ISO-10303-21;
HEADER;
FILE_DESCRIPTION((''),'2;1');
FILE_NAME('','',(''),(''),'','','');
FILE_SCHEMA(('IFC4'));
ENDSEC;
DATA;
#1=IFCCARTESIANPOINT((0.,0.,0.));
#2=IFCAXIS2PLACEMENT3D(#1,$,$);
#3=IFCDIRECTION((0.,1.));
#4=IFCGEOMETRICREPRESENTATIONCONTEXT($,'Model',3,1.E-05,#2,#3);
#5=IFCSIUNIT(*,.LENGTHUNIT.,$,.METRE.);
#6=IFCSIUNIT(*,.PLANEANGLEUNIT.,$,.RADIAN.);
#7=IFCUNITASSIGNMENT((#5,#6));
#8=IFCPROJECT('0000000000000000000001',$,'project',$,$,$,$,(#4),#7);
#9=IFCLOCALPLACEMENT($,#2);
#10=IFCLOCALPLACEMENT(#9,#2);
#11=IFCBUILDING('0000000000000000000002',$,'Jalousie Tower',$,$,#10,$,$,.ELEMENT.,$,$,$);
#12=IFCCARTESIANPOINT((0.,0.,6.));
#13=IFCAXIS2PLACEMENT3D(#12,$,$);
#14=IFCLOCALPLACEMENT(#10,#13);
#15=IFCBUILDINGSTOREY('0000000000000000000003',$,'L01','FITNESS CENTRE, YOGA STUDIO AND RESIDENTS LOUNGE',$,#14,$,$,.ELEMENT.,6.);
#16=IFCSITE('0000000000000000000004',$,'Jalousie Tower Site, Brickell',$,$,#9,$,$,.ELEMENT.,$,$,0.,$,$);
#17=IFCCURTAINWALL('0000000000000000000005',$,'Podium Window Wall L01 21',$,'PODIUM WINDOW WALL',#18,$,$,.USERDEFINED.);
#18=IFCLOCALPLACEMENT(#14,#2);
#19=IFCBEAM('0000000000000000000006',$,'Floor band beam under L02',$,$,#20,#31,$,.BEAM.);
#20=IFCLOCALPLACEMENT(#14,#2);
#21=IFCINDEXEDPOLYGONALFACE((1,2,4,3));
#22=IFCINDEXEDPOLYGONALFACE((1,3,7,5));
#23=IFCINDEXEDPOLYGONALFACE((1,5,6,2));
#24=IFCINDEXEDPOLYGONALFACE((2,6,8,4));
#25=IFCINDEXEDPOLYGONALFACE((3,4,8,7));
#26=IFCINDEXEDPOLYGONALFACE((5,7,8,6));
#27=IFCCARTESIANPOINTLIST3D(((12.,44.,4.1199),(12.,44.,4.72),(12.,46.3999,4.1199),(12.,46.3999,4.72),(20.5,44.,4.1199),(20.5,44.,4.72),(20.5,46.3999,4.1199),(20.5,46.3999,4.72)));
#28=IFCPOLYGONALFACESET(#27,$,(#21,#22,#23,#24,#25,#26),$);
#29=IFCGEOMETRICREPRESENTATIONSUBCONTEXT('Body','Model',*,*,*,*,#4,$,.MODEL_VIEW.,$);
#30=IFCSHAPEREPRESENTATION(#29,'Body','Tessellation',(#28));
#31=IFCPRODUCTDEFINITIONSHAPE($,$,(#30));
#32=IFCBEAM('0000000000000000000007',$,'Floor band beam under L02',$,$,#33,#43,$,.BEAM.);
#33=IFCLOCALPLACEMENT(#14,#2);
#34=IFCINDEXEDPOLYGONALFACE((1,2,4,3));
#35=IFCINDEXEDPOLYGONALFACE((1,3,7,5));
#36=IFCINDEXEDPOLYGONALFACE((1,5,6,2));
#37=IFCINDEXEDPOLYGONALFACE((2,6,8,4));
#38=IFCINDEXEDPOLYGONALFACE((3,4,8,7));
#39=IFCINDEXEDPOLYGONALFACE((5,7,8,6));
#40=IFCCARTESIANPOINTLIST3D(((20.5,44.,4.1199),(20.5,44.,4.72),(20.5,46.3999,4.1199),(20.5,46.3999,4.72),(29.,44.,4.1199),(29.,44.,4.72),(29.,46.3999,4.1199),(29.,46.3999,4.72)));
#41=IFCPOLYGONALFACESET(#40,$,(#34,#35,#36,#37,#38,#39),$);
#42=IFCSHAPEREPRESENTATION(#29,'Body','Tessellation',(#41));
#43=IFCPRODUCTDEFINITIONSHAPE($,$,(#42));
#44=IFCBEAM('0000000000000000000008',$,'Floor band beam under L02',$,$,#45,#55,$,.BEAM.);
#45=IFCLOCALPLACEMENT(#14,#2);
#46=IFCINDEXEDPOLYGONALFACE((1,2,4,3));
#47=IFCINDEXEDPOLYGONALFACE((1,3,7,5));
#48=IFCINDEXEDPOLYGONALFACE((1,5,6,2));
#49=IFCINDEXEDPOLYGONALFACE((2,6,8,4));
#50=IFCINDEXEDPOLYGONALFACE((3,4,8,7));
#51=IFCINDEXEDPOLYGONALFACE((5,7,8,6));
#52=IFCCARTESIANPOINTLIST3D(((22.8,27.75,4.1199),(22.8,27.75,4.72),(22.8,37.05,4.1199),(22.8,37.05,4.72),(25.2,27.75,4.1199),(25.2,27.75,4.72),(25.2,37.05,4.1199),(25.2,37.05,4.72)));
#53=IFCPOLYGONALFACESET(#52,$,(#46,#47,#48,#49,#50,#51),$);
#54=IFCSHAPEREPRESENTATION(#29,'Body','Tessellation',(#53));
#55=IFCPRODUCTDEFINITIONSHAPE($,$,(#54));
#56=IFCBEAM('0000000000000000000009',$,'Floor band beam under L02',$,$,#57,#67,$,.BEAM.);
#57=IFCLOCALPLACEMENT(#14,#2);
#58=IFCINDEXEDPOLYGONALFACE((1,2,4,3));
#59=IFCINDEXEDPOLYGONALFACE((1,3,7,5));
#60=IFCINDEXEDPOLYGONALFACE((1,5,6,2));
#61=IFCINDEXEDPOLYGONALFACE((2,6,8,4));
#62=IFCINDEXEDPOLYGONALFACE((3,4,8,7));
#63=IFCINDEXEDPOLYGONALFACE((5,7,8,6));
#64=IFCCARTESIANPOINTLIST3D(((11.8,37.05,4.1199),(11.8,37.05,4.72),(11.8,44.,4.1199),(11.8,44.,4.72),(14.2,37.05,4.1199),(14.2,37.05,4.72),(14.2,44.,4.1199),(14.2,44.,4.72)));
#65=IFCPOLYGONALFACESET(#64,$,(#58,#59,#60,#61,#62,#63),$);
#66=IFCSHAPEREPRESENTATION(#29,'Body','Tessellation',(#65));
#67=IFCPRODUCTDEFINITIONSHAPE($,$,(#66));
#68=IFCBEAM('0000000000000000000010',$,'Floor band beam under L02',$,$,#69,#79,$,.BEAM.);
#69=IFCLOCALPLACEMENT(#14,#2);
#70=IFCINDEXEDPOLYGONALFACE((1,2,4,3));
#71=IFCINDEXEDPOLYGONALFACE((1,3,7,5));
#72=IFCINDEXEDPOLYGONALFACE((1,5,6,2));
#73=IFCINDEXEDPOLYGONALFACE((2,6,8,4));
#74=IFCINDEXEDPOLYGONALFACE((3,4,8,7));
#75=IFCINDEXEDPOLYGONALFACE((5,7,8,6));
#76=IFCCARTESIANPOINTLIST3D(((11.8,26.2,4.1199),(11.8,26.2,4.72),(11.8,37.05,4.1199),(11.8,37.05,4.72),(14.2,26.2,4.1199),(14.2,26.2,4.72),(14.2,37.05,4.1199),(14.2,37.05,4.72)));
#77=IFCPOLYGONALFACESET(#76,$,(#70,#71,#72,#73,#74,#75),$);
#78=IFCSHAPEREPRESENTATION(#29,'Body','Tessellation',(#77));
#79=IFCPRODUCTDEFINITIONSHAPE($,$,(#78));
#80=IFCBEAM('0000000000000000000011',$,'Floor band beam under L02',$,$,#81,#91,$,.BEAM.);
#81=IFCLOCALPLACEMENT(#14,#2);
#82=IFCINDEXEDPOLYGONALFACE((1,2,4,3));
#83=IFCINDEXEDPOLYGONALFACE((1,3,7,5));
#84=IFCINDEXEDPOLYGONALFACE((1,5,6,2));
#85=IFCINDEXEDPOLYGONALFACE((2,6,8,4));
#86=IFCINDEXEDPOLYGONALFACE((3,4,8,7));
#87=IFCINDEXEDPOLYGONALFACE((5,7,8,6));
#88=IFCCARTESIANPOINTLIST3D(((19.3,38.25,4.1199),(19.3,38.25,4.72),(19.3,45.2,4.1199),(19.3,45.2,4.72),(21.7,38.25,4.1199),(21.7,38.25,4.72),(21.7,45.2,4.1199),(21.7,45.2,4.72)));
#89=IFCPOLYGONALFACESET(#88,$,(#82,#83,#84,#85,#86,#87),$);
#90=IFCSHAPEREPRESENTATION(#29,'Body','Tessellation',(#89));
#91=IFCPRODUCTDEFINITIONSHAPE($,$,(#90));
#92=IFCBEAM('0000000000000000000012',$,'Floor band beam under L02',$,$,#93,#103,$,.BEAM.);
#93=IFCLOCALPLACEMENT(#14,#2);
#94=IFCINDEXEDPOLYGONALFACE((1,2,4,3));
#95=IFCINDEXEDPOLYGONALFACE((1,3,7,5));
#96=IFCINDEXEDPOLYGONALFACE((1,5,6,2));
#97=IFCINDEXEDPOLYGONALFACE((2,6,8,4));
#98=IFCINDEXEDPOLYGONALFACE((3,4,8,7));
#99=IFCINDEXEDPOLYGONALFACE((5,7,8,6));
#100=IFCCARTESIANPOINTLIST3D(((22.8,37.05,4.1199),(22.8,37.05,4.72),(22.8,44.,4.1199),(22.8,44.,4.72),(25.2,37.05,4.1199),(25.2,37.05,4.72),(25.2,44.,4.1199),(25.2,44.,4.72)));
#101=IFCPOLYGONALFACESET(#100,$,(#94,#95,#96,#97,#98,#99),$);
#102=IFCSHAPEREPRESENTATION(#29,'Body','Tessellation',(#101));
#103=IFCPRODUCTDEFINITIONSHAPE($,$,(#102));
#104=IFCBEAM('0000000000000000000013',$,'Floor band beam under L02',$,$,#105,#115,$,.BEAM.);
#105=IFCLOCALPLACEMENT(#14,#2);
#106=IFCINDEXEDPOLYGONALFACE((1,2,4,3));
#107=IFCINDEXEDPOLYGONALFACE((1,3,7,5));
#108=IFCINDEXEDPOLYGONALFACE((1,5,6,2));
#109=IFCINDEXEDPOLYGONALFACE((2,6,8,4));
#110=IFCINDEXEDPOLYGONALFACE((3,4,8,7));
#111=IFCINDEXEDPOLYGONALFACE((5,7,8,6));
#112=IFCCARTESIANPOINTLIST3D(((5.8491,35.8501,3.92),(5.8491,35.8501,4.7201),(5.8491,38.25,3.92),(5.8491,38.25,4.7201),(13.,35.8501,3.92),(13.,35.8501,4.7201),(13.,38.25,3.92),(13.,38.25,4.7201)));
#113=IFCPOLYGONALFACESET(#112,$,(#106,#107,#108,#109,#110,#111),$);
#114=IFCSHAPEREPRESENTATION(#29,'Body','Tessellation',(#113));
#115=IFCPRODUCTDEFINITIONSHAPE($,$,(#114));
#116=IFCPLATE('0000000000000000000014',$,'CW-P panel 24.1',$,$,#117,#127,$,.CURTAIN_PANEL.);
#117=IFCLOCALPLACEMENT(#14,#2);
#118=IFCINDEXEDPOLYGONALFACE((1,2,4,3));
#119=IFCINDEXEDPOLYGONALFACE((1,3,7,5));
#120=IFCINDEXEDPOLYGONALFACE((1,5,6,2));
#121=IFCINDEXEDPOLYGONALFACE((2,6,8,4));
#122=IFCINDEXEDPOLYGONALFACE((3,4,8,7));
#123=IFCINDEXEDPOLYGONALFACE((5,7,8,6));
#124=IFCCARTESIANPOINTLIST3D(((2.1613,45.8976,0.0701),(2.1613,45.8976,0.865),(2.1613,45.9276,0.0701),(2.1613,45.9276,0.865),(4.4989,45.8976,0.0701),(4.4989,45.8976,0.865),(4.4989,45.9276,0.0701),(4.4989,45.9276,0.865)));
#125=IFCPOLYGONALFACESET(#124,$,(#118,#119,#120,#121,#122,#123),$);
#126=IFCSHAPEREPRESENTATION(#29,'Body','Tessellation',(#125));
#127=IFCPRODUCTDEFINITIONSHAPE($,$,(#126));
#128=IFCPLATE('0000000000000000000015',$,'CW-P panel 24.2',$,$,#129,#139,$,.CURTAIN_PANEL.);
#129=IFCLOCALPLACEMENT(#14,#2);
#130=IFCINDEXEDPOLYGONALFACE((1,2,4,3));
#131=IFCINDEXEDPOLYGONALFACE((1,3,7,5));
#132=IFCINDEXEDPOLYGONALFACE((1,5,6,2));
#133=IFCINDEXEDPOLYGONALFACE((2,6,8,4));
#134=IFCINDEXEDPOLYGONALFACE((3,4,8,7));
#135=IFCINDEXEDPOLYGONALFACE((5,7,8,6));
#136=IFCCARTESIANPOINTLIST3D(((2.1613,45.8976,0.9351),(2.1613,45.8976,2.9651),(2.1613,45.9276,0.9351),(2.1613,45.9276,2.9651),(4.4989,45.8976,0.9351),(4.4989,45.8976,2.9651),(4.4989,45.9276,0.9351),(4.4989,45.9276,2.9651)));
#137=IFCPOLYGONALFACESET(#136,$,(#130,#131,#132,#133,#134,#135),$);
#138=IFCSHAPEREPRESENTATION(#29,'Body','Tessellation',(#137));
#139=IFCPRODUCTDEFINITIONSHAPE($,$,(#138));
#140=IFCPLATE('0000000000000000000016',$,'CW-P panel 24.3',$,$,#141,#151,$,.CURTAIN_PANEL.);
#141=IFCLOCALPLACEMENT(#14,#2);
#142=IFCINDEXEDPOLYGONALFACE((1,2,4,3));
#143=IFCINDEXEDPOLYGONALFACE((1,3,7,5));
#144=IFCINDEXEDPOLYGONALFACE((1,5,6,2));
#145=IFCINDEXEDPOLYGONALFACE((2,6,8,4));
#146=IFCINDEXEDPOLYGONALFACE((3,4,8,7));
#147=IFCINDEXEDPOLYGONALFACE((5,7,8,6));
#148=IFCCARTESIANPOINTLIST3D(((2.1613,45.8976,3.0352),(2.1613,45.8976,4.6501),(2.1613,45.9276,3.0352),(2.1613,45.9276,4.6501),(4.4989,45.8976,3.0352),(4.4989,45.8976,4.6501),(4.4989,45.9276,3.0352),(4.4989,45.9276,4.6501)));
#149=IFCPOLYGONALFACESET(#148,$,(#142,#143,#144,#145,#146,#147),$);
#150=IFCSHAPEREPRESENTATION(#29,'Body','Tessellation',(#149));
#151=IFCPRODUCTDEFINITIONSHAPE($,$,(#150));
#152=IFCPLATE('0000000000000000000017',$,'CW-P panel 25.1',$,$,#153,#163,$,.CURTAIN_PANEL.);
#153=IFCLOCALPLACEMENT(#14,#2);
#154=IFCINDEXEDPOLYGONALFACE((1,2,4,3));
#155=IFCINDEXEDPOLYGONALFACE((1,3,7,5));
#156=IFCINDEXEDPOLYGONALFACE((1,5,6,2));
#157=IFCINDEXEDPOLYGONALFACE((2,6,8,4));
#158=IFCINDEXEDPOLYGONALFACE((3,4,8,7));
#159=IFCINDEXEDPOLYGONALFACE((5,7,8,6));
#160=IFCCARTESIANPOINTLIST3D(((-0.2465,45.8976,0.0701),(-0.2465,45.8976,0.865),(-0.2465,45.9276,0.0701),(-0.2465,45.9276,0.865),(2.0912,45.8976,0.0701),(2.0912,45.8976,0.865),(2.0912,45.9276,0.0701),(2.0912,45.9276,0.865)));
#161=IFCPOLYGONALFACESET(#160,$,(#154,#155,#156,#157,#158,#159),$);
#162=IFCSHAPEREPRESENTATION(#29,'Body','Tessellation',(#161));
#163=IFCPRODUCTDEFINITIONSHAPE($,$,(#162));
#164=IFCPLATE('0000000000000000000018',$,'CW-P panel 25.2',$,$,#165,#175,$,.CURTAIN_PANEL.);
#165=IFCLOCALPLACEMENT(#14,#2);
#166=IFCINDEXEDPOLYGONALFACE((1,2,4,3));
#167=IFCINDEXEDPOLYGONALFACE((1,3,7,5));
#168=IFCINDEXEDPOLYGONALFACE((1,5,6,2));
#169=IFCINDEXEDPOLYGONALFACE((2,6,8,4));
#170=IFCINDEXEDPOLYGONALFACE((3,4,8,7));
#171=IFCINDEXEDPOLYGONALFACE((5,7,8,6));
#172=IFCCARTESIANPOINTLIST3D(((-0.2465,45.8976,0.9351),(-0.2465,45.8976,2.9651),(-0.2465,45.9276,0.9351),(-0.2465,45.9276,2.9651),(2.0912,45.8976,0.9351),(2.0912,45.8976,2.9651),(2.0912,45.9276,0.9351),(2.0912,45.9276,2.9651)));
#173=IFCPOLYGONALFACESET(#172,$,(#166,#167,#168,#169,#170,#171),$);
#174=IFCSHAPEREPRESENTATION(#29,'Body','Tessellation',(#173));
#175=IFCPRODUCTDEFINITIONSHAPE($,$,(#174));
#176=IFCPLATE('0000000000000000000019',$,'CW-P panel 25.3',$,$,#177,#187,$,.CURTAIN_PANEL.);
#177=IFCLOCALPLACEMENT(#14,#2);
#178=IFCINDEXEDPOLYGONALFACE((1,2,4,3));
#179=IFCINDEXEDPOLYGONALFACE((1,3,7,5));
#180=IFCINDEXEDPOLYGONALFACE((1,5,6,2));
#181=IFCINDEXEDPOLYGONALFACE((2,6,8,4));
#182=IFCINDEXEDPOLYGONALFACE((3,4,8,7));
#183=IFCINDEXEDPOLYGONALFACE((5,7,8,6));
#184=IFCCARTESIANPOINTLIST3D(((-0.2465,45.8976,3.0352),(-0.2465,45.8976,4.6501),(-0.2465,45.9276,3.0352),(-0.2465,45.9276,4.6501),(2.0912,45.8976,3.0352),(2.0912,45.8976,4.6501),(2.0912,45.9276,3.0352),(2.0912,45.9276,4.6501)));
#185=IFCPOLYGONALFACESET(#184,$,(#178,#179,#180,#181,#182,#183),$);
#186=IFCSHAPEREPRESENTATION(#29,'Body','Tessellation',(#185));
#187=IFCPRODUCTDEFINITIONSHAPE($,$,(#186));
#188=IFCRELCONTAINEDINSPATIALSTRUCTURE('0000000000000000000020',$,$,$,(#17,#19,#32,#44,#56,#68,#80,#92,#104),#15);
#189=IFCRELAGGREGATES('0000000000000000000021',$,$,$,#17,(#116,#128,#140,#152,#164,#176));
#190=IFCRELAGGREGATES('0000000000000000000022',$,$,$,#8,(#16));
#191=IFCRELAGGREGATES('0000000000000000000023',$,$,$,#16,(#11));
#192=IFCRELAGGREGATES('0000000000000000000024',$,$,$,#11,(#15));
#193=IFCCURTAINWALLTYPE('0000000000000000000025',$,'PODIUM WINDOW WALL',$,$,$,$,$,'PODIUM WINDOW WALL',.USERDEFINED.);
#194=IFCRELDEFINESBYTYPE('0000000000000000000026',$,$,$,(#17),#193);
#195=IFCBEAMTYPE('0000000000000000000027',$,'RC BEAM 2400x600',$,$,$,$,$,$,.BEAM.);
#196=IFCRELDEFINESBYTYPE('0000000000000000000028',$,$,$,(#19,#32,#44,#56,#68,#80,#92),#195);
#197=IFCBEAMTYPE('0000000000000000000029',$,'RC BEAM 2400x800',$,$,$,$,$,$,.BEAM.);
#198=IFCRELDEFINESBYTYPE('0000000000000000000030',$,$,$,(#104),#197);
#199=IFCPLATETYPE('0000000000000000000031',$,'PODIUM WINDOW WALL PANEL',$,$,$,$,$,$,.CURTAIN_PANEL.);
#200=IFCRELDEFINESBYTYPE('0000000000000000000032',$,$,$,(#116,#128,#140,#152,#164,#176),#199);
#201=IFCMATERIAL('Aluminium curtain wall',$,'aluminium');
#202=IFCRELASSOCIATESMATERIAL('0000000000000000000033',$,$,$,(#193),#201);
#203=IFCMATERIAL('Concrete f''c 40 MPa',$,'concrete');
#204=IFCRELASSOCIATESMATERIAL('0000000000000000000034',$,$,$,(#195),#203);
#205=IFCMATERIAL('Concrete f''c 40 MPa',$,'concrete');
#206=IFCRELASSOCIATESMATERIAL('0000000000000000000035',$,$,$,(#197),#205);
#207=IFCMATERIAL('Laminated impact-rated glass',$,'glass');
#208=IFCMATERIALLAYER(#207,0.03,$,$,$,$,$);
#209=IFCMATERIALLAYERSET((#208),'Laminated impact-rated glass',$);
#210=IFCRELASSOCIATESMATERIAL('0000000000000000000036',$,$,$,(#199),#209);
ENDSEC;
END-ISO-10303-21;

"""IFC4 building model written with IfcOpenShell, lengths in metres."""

from ifc_helpers import new_model, si_unit, direction, frame, origin, origin_2d, place, context, subcontext, project, spatial, rectangle, extrude, material, layer, layer_set, material_profile, profile_set, type_object, element, aggregate, save


model = new_model("IFC4")

# Units and contexts
model_context = context("Model", 3, precision=1e-05, world=origin(), true_north=direction((0.0, 1.0)))
body_context = subcontext(model_context, "Body", "Model", "MODEL_VIEW")
ifc_project = project(units=[si_unit("LENGTHUNIT", "METRE"), si_unit("PLANEANGLEUNIT", "RADIAN")], contexts=[model_context])

# Site, building, storey
site_placement = place(None, origin())
site = spatial("IfcSite", under=ifc_project, at=site_placement, Name="Jalousie Tower Site, Brickell", CompositionType="ELEMENT", RefElevation=0.0)
building_placement = place(site_placement, origin())
building = spatial("IfcBuilding", under=site, at=building_placement, Name="Jalousie Tower", CompositionType="ELEMENT")
storey_placement = place(building_placement, frame((0.0, 0.0, 6.0)))
storey = spatial("IfcBuildingStorey", under=building, at=storey_placement, Name="L01", Description="FITNESS CENTRE, YOGA STUDIO AND RESIDENTS LOUNGE", CompositionType="ELEMENT", Elevation=6.0)

# Curtain wall
ifc_material_1 = material(Name="Aluminium curtain wall", Category="aluminium")
curtain_wall_type = type_object("IfcCurtainWallType", Name="PODIUM WINDOW WALL", ElementType="PODIUM WINDOW WALL", PredefinedType="USERDEFINED", material=ifc_material_1)
curtain_wall_placement = place(storey_placement, origin())
curtain_wall = element("IfcCurtainWall", 1, at=curtain_wall_placement, inside=storey, type_object=curtain_wall_type, Name="Podium Window Wall L01 21", ObjectType="PODIUM WINDOW WALL", PredefinedType="USERDEFINED")

# Beams
ifc_material_2 = material(Name="Concrete f'c 40 MPa", Category="concrete")
ifc_material_profile_1 = material_profile(ifc_material_2, rectangle(XDim=2.3999, YDim=0.6001, at=origin_2d()), Name="RC 2400x600")
ifc_profile_set_1 = profile_set([ifc_material_profile_1], Name="Concrete f'c 40 MPa")
beam_type_1 = type_object("IfcBeamType", Name="RC BEAM 2400x600", PredefinedType="BEAM", material=ifc_profile_set_1)
for number, where, z_axis, x_axis, name in (
    (2, (12.0, 45.2, 4.4199), (1.0, 0.0, 0.0), (0.0, 1.0, 0.0), "Floor band beam under L02"),
    (3, (20.5, 45.2, 4.4199), (1.0, 0.0, 0.0), (0.0, 1.0, 0.0), "Floor band beam under L02"),
):
    element("IfcBeam", number, at=place(storey_placement, frame(where, z_axis=z_axis, x_axis=x_axis)), inside=storey, type_object=beam_type_1, Name=name, PredefinedType="BEAM", context=body_context, shape_type="SweptSolid", body=[
        extrude(rectangle(XDim=2.3999, YDim=0.6001, at=origin_2d()), origin(), (0.0, 0.0, 1.0), 8.5),
    ])
beam_1_placement = place(storey_placement, frame((24.0, 37.05, 4.4199), z_axis=(0.0, -1.0, 0.0), x_axis=(1.0, 0.0, 0.0)))
element("IfcBeam", 4, at=beam_1_placement, inside=storey, type_object=beam_type_1, Name="Floor band beam under L02", PredefinedType="BEAM", context=body_context, shape_type="SweptSolid", body=[
    extrude(rectangle(XDim=2.3999, YDim=0.6001, at=origin_2d()), origin(), (0.0, 0.0, 1.0), 9.3),
])
beam_2_placement = place(storey_placement, frame((13.0, 37.05, 4.4199), z_axis=(0.0, 1.0, 0.0), x_axis=(-1.0, 0.0, 0.0)))
element("IfcBeam", 5, at=beam_2_placement, inside=storey, type_object=beam_type_1, Name="Floor band beam under L02", PredefinedType="BEAM", context=body_context, shape_type="SweptSolid", body=[
    extrude(rectangle(XDim=2.3999, YDim=0.6001, at=origin_2d()), origin(), (0.0, 0.0, 1.0), 6.95),
])
beam_3_placement = place(storey_placement, frame((13.0, 37.05, 4.4199), z_axis=(0.0, -1.0, 0.0), x_axis=(1.0, 0.0, 0.0)))
element("IfcBeam", 6, at=beam_3_placement, inside=storey, type_object=beam_type_1, Name="Floor band beam under L02", PredefinedType="BEAM", context=body_context, shape_type="SweptSolid", body=[
    extrude(rectangle(XDim=2.3999, YDim=0.6001, at=origin_2d()), origin(), (0.0, 0.0, 1.0), 10.8501),
])
for number, where, z_axis, x_axis, name in (
    (7, (20.5, 45.2, 4.4199), (0.0, -1.0, 0.0), (1.0, 0.0, 0.0), "Floor band beam under L02"),
    (8, (24.0, 37.05, 4.4199), (0.0, 1.0, 0.0), (-1.0, 0.0, 0.0), "Floor band beam under L02"),
):
    element("IfcBeam", number, at=place(storey_placement, frame(where, z_axis=z_axis, x_axis=x_axis)), inside=storey, type_object=beam_type_1, Name=name, PredefinedType="BEAM", context=body_context, shape_type="SweptSolid", body=[
        extrude(rectangle(XDim=2.3999, YDim=0.6001, at=origin_2d()), origin(), (0.0, 0.0, 1.0), 6.95),
    ])
ifc_material_3 = material(Name="Concrete f'c 40 MPa", Category="concrete")
ifc_material_profile_2 = material_profile(ifc_material_3, rectangle(XDim=2.3999, YDim=0.8, at=origin_2d()), Name="RC 2400x800")
ifc_profile_set_2 = profile_set([ifc_material_profile_2], Name="Concrete f'c 40 MPa")
beam_type_2 = type_object("IfcBeamType", Name="RC BEAM 2400x800", PredefinedType="BEAM", material=ifc_profile_set_2)
beam_4_placement = place(storey_placement, frame((13.0, 37.05, 4.3201), z_axis=(-1.0, 0.0, 0.0), x_axis=(0.0, -1.0, 0.0)))
element("IfcBeam", 9, at=beam_4_placement, inside=storey, type_object=beam_type_2, Name="Floor band beam under L02", PredefinedType="BEAM", context=body_context, shape_type="SweptSolid", body=[
    extrude(rectangle(XDim=2.3999, YDim=0.8, at=origin_2d()), origin(), (0.0, 0.0, 1.0), 7.1509),
])

# Plates
ifc_material_4 = material(Name="Laminated impact-rated glass", Category="glass")
ifc_layer_1 = layer(ifc_material_4, 0.03)
ifc_layer_set_1 = layer_set([ifc_layer_1], Name="Laminated impact-rated glass")
plate_type = type_object("IfcPlateType", Name="PODIUM WINDOW WALL PANEL", PredefinedType="CURTAIN_PANEL", material=ifc_layer_set_1)
plate_1_placement = place(storey_placement, frame((3.3301, 45.9126, 0.0701), z_axis=(0.0, 0.0, 1.0), x_axis=(-1.0, 0.0, 0.0)))
plate_1 = element("IfcPlate", 10, at=plate_1_placement, type_object=plate_type, Name="CW-P panel 24.1", PredefinedType="CURTAIN_PANEL", context=body_context, shape_type="SweptSolid", body=[
    extrude(rectangle(XDim=2.3376, YDim=0.03, at=origin_2d()), origin(), (0.0, 0.0, 1.0), 0.7949),
])
plate_2_placement = place(storey_placement, frame((3.3301, 45.9126, 0.9351), z_axis=(0.0, 0.0, 1.0), x_axis=(-1.0, 0.0, 0.0)))
plate_2 = element("IfcPlate", 11, at=plate_2_placement, type_object=plate_type, Name="CW-P panel 24.2", PredefinedType="CURTAIN_PANEL", context=body_context, shape_type="SweptSolid", body=[
    extrude(rectangle(XDim=2.3376, YDim=0.03, at=origin_2d()), origin(), (0.0, 0.0, 1.0), 2.03),
])
plate_3_placement = place(storey_placement, frame((3.3301, 45.9126, 3.0352), z_axis=(0.0, 0.0, 1.0), x_axis=(-1.0, 0.0, 0.0)))
plate_3 = element("IfcPlate", 12, at=plate_3_placement, type_object=plate_type, Name="CW-P panel 24.3", PredefinedType="CURTAIN_PANEL", context=body_context, shape_type="SweptSolid", body=[
    extrude(rectangle(XDim=2.3376, YDim=0.03, at=origin_2d()), origin(), (0.0, 0.0, 1.0), 1.615),
])
plate_4_placement = place(storey_placement, frame((0.9224, 45.9126, 0.0701), z_axis=(0.0, 0.0, 1.0), x_axis=(-1.0, 0.0, 0.0)))
plate_4 = element("IfcPlate", 13, at=plate_4_placement, type_object=plate_type, Name="CW-P panel 25.1", PredefinedType="CURTAIN_PANEL", context=body_context, shape_type="SweptSolid", body=[
    extrude(rectangle(XDim=2.3376, YDim=0.03, at=origin_2d()), origin(), (0.0, 0.0, 1.0), 0.7949),
])
plate_5_placement = place(storey_placement, frame((0.9224, 45.9126, 0.9351), z_axis=(0.0, 0.0, 1.0), x_axis=(-1.0, 0.0, 0.0)))
plate_5 = element("IfcPlate", 14, at=plate_5_placement, type_object=plate_type, Name="CW-P panel 25.2", PredefinedType="CURTAIN_PANEL", context=body_context, shape_type="SweptSolid", body=[
    extrude(rectangle(XDim=2.3376, YDim=0.03, at=origin_2d()), origin(), (0.0, 0.0, 1.0), 2.03),
])
plate_6_placement = place(storey_placement, frame((0.9224, 45.9126, 3.0352), z_axis=(0.0, 0.0, 1.0), x_axis=(-1.0, 0.0, 0.0)))
plate_6 = element("IfcPlate", 15, at=plate_6_placement, type_object=plate_type, Name="CW-P panel 25.3", PredefinedType="CURTAIN_PANEL", context=body_context, shape_type="SweptSolid", body=[
    extrude(rectangle(XDim=2.3376, YDim=0.03, at=origin_2d()), origin(), (0.0, 0.0, 1.0), 1.615),
])
aggregate(curtain_wall, [plate_1, plate_2, plate_3, plate_4, plate_5, plate_6])

save(model, "model.ifc")
